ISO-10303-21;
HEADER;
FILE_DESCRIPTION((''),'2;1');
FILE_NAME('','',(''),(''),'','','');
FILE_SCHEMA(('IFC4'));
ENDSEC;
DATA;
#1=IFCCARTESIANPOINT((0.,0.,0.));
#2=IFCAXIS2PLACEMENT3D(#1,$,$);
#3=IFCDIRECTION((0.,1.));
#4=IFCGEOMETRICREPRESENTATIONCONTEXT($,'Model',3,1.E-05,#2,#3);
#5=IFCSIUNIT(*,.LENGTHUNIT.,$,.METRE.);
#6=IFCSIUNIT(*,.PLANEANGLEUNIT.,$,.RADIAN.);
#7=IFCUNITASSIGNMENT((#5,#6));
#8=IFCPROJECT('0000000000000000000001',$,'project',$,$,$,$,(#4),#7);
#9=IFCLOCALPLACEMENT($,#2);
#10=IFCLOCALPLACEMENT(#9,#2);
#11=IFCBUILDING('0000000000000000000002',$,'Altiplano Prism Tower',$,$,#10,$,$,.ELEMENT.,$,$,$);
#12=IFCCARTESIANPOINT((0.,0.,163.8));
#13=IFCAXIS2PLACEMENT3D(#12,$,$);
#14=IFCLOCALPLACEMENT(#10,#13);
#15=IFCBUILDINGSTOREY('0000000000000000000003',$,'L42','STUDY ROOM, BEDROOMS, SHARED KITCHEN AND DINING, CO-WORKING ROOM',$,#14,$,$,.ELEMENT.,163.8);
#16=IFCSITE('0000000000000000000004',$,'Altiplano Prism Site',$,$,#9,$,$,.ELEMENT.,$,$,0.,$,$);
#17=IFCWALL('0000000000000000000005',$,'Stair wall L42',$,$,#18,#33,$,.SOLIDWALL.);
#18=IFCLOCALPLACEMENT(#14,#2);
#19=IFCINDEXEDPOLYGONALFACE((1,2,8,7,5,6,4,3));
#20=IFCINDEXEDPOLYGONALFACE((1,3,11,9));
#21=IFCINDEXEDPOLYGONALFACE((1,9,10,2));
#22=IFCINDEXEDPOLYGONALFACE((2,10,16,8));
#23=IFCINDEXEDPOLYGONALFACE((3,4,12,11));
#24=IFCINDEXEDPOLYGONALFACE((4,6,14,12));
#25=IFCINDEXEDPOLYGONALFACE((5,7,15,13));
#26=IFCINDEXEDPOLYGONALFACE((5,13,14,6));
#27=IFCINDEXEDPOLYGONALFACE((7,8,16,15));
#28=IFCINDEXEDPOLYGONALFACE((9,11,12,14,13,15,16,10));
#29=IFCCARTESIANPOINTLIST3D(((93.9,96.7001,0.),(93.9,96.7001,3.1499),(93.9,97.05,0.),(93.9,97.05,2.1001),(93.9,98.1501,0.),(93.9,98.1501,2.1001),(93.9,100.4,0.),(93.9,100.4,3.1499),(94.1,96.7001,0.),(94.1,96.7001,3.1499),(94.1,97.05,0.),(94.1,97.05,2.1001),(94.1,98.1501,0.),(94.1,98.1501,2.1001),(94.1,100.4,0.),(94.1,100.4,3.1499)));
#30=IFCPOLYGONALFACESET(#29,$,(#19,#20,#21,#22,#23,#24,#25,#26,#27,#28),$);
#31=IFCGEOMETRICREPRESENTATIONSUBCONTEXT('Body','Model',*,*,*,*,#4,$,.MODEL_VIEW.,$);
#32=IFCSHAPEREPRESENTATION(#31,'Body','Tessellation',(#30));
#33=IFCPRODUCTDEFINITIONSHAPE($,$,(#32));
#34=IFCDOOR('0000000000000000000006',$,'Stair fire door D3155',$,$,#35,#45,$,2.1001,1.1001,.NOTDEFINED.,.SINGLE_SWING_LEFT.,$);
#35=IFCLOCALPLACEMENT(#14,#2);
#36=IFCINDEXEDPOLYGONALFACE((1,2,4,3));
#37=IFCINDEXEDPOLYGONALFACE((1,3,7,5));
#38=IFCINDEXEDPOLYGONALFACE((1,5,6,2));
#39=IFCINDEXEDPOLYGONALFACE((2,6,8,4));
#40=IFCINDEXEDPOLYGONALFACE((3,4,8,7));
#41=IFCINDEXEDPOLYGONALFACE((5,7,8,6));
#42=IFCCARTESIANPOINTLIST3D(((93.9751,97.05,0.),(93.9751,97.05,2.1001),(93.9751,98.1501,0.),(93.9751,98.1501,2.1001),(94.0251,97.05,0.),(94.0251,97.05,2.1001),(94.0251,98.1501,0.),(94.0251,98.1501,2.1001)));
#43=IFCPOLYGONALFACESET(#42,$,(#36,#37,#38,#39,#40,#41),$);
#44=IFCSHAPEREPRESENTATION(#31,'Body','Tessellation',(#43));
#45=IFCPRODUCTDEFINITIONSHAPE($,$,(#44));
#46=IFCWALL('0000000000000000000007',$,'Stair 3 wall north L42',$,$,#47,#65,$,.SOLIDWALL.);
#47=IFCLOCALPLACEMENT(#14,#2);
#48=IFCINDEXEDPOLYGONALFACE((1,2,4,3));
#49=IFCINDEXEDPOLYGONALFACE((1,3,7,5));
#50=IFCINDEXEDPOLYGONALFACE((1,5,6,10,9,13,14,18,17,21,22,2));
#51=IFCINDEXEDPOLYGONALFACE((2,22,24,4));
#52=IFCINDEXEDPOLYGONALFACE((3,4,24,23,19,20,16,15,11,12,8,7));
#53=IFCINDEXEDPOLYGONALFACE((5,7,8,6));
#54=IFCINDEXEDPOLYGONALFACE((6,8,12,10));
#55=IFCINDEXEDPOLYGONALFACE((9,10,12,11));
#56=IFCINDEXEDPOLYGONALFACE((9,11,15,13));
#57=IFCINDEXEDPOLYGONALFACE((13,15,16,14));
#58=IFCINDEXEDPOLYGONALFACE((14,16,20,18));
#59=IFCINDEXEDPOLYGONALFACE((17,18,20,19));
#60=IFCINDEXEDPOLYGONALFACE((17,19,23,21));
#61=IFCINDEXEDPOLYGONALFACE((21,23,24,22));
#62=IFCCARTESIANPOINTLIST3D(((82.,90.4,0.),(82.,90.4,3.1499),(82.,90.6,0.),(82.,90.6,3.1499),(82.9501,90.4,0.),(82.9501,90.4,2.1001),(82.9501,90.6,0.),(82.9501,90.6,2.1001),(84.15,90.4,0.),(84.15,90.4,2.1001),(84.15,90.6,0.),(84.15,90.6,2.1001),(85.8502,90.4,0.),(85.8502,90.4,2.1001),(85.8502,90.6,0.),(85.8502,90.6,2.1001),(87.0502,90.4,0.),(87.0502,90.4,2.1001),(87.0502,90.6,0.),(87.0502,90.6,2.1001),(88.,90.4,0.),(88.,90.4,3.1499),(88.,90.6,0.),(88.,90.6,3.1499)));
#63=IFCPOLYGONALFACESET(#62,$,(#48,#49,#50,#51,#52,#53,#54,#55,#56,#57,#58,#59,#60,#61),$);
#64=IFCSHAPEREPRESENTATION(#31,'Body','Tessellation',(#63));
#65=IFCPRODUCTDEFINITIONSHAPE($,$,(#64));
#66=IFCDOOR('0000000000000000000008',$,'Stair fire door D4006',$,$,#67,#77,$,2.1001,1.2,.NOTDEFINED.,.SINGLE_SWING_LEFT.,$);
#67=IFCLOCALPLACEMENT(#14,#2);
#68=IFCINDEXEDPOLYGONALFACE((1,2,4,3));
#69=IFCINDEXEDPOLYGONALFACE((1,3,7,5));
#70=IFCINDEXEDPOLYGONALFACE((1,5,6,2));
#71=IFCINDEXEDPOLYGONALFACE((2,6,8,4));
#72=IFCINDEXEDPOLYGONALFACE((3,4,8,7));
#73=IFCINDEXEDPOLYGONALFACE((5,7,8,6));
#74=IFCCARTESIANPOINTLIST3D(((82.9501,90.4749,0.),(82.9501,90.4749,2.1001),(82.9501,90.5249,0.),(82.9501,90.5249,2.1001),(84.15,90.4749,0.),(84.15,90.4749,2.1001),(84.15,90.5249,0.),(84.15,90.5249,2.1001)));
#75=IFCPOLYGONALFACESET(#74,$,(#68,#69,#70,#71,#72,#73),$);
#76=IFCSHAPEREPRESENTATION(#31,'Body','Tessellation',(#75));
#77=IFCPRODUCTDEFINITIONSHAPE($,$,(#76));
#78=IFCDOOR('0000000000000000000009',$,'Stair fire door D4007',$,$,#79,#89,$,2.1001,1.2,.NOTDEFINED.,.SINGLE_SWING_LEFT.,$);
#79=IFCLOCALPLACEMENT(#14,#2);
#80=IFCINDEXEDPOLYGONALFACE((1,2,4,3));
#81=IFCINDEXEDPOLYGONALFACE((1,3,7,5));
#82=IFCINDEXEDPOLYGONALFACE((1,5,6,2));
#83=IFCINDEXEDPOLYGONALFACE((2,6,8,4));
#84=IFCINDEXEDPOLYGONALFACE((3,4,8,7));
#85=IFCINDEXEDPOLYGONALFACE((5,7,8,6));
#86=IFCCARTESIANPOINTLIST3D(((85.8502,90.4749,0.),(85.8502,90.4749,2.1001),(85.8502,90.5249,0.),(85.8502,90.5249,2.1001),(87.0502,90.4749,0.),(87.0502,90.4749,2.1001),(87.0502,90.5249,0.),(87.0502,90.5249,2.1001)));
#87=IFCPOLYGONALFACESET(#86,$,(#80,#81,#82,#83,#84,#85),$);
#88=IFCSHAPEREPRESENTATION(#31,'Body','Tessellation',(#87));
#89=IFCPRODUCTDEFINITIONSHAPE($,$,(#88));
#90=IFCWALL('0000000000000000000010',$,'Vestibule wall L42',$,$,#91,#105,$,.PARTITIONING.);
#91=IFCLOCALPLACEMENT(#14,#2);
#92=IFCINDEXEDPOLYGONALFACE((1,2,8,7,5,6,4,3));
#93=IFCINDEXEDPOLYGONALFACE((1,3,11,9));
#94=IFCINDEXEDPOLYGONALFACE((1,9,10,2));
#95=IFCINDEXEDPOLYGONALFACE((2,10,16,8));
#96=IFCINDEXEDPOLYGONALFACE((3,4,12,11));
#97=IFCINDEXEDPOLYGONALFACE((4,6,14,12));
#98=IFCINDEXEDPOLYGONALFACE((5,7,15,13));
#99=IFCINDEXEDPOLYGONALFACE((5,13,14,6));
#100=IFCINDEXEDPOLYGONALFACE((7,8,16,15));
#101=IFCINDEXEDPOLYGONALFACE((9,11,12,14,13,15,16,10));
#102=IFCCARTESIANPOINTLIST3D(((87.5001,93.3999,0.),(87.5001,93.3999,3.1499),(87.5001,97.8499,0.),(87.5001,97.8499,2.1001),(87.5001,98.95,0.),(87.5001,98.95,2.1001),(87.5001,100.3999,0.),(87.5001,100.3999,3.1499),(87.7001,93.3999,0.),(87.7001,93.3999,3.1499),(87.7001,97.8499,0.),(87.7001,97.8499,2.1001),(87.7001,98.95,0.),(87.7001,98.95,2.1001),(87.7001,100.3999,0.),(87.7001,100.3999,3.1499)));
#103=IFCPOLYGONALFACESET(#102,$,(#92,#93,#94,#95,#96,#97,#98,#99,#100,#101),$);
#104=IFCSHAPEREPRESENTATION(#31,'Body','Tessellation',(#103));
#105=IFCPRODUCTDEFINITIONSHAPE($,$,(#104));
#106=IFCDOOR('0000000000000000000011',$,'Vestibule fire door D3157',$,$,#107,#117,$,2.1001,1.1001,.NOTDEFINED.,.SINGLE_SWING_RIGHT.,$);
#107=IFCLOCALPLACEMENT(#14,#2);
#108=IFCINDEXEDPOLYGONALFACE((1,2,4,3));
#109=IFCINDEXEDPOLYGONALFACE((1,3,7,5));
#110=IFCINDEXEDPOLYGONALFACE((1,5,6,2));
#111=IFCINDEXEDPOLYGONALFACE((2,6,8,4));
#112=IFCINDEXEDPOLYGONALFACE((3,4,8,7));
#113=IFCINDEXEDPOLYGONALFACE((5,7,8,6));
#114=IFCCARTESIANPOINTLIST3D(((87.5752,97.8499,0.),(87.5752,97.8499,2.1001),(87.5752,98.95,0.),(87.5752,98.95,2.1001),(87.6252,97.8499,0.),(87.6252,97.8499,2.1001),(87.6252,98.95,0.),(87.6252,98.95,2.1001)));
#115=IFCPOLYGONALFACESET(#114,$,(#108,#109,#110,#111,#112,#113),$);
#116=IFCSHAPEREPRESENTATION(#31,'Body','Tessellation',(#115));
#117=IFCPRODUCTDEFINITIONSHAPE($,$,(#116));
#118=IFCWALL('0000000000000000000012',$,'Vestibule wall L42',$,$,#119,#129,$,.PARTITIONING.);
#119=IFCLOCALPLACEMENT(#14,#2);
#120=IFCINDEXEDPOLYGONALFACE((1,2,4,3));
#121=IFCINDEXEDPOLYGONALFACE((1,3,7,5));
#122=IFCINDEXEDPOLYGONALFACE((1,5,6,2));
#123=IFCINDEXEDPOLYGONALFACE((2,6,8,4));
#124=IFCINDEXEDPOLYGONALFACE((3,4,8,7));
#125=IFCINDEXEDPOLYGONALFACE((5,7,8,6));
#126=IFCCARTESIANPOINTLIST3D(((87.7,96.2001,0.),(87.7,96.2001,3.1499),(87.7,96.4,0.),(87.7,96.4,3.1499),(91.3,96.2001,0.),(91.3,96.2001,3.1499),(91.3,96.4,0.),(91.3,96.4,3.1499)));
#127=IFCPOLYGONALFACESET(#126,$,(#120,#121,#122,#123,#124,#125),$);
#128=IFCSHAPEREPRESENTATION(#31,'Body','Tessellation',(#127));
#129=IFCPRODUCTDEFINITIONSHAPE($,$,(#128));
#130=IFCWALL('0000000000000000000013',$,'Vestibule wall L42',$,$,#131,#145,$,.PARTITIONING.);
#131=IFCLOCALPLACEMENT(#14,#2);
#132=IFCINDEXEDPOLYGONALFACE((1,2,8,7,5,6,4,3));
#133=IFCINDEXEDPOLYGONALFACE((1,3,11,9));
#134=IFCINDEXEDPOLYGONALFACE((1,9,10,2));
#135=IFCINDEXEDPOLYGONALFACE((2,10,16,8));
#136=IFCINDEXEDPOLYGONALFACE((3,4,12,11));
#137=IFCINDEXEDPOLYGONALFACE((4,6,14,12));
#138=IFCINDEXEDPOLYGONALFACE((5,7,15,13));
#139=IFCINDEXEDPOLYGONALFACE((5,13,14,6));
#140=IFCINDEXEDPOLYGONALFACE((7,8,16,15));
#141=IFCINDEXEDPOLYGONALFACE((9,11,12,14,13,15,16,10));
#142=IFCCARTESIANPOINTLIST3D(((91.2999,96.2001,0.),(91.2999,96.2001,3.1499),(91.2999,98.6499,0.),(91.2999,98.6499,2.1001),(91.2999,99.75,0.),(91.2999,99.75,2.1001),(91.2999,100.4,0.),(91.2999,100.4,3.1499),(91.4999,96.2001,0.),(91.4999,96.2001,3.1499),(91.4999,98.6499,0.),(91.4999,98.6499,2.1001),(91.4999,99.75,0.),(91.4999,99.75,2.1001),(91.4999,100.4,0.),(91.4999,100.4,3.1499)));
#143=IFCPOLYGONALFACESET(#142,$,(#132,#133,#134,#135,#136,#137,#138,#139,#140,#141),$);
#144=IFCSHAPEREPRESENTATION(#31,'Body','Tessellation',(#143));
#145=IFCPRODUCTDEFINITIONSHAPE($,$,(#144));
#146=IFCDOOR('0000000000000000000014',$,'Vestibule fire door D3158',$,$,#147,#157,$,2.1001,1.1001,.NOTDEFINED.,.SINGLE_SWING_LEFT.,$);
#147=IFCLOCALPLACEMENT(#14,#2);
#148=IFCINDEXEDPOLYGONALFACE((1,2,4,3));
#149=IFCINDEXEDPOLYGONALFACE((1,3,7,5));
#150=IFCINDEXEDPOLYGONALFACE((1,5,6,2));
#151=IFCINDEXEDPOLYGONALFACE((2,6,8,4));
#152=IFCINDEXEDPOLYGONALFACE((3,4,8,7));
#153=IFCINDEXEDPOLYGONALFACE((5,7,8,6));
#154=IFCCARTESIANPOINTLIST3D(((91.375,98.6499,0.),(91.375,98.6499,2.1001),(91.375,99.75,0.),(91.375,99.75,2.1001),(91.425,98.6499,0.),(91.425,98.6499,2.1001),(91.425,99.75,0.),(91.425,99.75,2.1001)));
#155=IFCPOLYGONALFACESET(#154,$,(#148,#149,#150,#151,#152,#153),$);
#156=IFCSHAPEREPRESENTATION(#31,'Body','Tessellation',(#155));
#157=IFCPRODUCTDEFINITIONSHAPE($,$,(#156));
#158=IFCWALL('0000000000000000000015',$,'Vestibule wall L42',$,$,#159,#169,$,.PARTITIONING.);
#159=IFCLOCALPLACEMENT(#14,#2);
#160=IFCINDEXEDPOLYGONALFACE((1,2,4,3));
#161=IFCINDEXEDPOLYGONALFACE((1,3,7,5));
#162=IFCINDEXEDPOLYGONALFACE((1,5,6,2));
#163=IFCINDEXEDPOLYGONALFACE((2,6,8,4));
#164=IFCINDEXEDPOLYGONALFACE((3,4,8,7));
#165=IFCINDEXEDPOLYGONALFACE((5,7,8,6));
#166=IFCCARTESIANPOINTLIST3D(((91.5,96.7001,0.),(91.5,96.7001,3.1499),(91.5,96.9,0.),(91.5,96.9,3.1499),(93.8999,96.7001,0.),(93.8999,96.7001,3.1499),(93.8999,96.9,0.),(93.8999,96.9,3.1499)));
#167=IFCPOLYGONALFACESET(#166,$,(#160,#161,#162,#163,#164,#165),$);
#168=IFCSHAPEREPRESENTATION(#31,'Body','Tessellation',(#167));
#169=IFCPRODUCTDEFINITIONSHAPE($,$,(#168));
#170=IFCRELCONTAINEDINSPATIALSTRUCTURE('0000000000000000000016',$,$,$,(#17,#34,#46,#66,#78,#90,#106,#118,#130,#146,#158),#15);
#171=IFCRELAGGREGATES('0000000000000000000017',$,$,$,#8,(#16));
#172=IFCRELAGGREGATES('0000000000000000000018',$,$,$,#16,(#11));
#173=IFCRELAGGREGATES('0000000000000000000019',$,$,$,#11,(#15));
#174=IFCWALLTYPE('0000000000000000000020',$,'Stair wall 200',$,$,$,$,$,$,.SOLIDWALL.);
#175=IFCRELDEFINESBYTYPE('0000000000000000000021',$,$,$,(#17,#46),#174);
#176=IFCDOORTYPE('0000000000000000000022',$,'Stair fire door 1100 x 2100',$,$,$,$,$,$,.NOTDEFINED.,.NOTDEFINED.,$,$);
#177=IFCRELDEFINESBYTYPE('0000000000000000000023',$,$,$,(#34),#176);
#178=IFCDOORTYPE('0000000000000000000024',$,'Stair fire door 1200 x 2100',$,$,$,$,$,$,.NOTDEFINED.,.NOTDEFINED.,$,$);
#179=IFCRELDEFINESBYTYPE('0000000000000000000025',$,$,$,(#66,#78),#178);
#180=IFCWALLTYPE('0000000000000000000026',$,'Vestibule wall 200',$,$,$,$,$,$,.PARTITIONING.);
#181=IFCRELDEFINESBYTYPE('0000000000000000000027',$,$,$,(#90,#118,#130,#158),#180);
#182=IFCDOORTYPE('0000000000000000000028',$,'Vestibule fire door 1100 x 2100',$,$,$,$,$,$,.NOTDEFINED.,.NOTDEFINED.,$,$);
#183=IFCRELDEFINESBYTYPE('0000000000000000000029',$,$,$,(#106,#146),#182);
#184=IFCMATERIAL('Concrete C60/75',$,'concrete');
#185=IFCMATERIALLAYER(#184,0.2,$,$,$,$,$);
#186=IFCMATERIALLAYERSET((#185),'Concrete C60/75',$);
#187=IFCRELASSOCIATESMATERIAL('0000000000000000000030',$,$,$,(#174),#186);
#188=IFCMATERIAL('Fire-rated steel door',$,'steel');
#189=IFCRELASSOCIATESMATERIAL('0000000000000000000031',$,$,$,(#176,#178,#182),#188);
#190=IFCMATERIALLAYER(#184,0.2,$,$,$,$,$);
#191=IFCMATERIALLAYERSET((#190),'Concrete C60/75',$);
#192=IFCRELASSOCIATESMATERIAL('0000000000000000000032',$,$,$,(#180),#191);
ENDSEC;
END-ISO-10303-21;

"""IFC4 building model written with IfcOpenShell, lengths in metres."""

from ifc_helpers import new_model, si_unit, direction, frame, frame_2d, origin, place, context, subcontext, project, spatial, rectangle, extrude, material, layer, layer_set, type_object, element, fill, save


model = new_model("IFC4")

# Units and contexts
model_context = context("Model", 3, precision=1e-05, world=origin(), true_north=direction((0.0, 1.0)))
body_context = subcontext(model_context, "Body", "Model", "MODEL_VIEW")
ifc_project = project(units=[si_unit("LENGTHUNIT", "METRE"), si_unit("PLANEANGLEUNIT", "RADIAN")], contexts=[model_context])

# Site, building, storey
site_placement = place(None, origin())
site = spatial("IfcSite", under=ifc_project, at=site_placement, Name="Altiplano Prism Site", CompositionType="ELEMENT", RefElevation=0.0)
building_placement = place(site_placement, origin())
building = spatial("IfcBuilding", under=site, at=building_placement, Name="Altiplano Prism Tower", CompositionType="ELEMENT")
storey_placement = place(building_placement, frame((0.0, 0.0, 163.8)))
storey = spatial("IfcBuildingStorey", under=building, at=storey_placement, Name="L42", Description="STUDY ROOM, BEDROOMS, SHARED KITCHEN AND DINING, CO-WORKING ROOM", CompositionType="ELEMENT", Elevation=163.8)

# Shared definitions
ifc_material_1 = material(Name="Concrete C60/75", Category="concrete")

# Wall, opening, door
ifc_layer_1 = layer(ifc_material_1, 0.2)
ifc_layer_set_1 = layer_set([ifc_layer_1], Name="Concrete C60/75")
wall_type_1 = type_object("IfcWallType", Name="Stair wall 200", PredefinedType="SOLIDWALL", material=ifc_layer_set_1)
wall_1_placement = place(storey_placement, frame((94.0, 96.7, 0.0), z_axis=(0.0, 0.0, 1.0), x_axis=(0.0, 1.0, 0.0)))
wall_1 = element("IfcWall", 1, at=wall_1_placement, inside=storey, type_object=wall_type_1, Name="Stair wall L42", PredefinedType="SOLIDWALL", context=body_context, shape_type="SweptSolid", body=[
    extrude(rectangle(XDim=3.7, YDim=0.2, at=frame_2d((1.8501, 0.0))), origin(), (0.0, 0.0, 1.0), 3.1499),
])
opening_1_placement = place(wall_1_placement, frame((0.3501, 0.0, 0.0)))
opening_1 = element("IfcOpeningElement", 2, at=opening_1_placement, cuts=wall_1, PredefinedType="OPENING", context=body_context, shape_type="SweptSolid", body=[
    extrude(rectangle(XDim=1.1001, YDim=2.1001, at=frame_2d((0.55, 1.05))), frame((0.0, 0.1104, 0.0), z_axis=(0.0, -1.0, 0.0), x_axis=(1.0, 0.0, 0.0)), (0.0, 0.0, 1.0), 0.2209),
])
ifc_material_2 = material(Name="Fire-rated steel door", Category="steel")
door_type_1 = type_object("IfcDoorType", Name="Stair fire door 1100 x 2100", OperationType="NOTDEFINED", PredefinedType="NOTDEFINED", material=ifc_material_2)
door_1_placement = place(opening_1_placement, origin())
door_1 = element("IfcDoor", 3, at=door_1_placement, inside=storey, type_object=door_type_1, Name="Stair fire door D3155", OperationType="SINGLE_SWING_LEFT", OverallHeight=2.1001, OverallWidth=1.1001, PredefinedType="NOTDEFINED", context=body_context, shape_type="SweptSolid", body=[
    extrude(rectangle(XDim=1.1001, YDim=2.1001, at=frame_2d((0.55, 1.05))), frame((0.0, 0.0249, 0.0), z_axis=(0.0, -1.0, 0.0), x_axis=(1.0, 0.0, 0.0)), (0.0, 0.0, 1.0), 0.05),
])
fill(opening_1, door_1)

# Wall, openings, doors
wall_2_placement = place(storey_placement, frame((82.0, 90.5, 0.0), z_axis=(0.0, 0.0, 1.0), x_axis=(1.0, 0.0, 0.0)))
wall_2 = element("IfcWall", 4, at=wall_2_placement, inside=storey, type_object=wall_type_1, Name="Stair 3 wall north L42", PredefinedType="SOLIDWALL", context=body_context, shape_type="SweptSolid", body=[
    extrude(rectangle(XDim=6.0, YDim=0.2, at=frame_2d((3.0, 0.0))), origin(), (0.0, 0.0, 1.0), 3.1499),
])
opening_2_placement = place(wall_2_placement, frame((0.95, 0.0, 0.0)))
opening_2 = element("IfcOpeningElement", 5, at=opening_2_placement, cuts=wall_2, PredefinedType="OPENING", context=body_context, shape_type="SweptSolid", body=[
    extrude(rectangle(XDim=1.2, YDim=2.1001, at=frame_2d((0.6001, 1.05))), frame((0.0, 0.1104, 0.0), z_axis=(0.0, -1.0, 0.0), x_axis=(1.0, 0.0, 0.0)), (0.0, 0.0, 1.0), 0.2209),
])
opening_3_placement = place(wall_2_placement, frame((3.8501, 0.0, 0.0)))
opening_3 = element("IfcOpeningElement", 6, at=opening_3_placement, cuts=wall_2, PredefinedType="OPENING", context=body_context, shape_type="SweptSolid", body=[
    extrude(rectangle(XDim=1.2, YDim=2.1001, at=frame_2d((0.6001, 1.05))), frame((0.0, 0.1104, 0.0), z_axis=(0.0, -1.0, 0.0), x_axis=(1.0, 0.0, 0.0)), (0.0, 0.0, 1.0), 0.2209),
])
door_type_2 = type_object("IfcDoorType", Name="Stair fire door 1200 x 2100", OperationType="NOTDEFINED", PredefinedType="NOTDEFINED", material=ifc_material_2)
door_2_placement = place(opening_2_placement, origin())
door_2 = element("IfcDoor", 7, at=door_2_placement, inside=storey, type_object=door_type_2, Name="Stair fire door D4006", OperationType="SINGLE_SWING_LEFT", OverallHeight=2.1001, OverallWidth=1.2, PredefinedType="NOTDEFINED", context=body_context, shape_type="SweptSolid", body=[
    extrude(rectangle(XDim=1.2, YDim=2.1001, at=frame_2d((0.6001, 1.05))), frame((0.0, 0.0249, 0.0), z_axis=(0.0, -1.0, 0.0), x_axis=(1.0, 0.0, 0.0)), (0.0, 0.0, 1.0), 0.05),
])
fill(opening_2, door_2)
door_3_placement = place(opening_3_placement, origin())
door_3 = element("IfcDoor", 8, at=door_3_placement, inside=storey, type_object=door_type_2, Name="Stair fire door D4007", OperationType="SINGLE_SWING_LEFT", OverallHeight=2.1001, OverallWidth=1.2, PredefinedType="NOTDEFINED", context=body_context, shape_type="SweptSolid", body=[
    extrude(rectangle(XDim=1.2, YDim=2.1001, at=frame_2d((0.6001, 1.05))), frame((0.0, 0.0249, 0.0), z_axis=(0.0, -1.0, 0.0), x_axis=(1.0, 0.0, 0.0)), (0.0, 0.0, 1.0), 0.05),
])
fill(opening_3, door_3)

# Wall, opening, door
ifc_layer_2 = layer(ifc_material_1, 0.2)
ifc_layer_set_2 = layer_set([ifc_layer_2], Name="Concrete C60/75")
wall_type_2 = type_object("IfcWallType", Name="Vestibule wall 200", PredefinedType="PARTITIONING", material=ifc_layer_set_2)
wall_3_placement = place(storey_placement, frame((87.6001, 93.3999, 0.0), z_axis=(0.0, 0.0, 1.0), x_axis=(0.0, 1.0, 0.0)))
wall_3 = element("IfcWall", 9, at=wall_3_placement, inside=storey, type_object=wall_type_2, Name="Vestibule wall L42", PredefinedType="PARTITIONING", context=body_context, shape_type="SweptSolid", body=[
    extrude(rectangle(XDim=7.0, YDim=0.2, at=frame_2d((3.5, 0.0))), origin(), (0.0, 0.0, 1.0), 3.1499),
])
opening_4_placement = place(wall_3_placement, frame((4.45, 0.0, 0.0)))
opening_4 = element("IfcOpeningElement", 10, at=opening_4_placement, cuts=wall_3, PredefinedType="OPENING", context=body_context, shape_type="SweptSolid", body=[
    extrude(rectangle(XDim=1.1001, YDim=2.1001, at=frame_2d((0.55, 1.05))), frame((0.0, 0.1104, 0.0), z_axis=(0.0, -1.0, 0.0), x_axis=(1.0, 0.0, 0.0)), (0.0, 0.0, 1.0), 0.2209),
])
door_type_3 = type_object("IfcDoorType", Name="Vestibule fire door 1100 x 2100", OperationType="NOTDEFINED", PredefinedType="NOTDEFINED", material=ifc_material_2)
door_4_placement = place(opening_4_placement, origin())
door_4 = element("IfcDoor", 11, at=door_4_placement, inside=storey, type_object=door_type_3, Name="Vestibule fire door D3157", OperationType="SINGLE_SWING_RIGHT", OverallHeight=2.1001, OverallWidth=1.1001, PredefinedType="NOTDEFINED", context=body_context, shape_type="SweptSolid", body=[
    extrude(rectangle(XDim=1.1001, YDim=2.1001, at=frame_2d((0.55, 1.05))), frame((0.0, 0.0249, 0.0), z_axis=(0.0, -1.0, 0.0), x_axis=(1.0, 0.0, 0.0)), (0.0, 0.0, 1.0), 0.05),
])
fill(opening_4, door_4)

# Wall
wall_4_placement = place(storey_placement, frame((87.7, 96.3, 0.0), z_axis=(0.0, 0.0, 1.0), x_axis=(1.0, 0.0, 0.0)))
element("IfcWall", 12, at=wall_4_placement, inside=storey, type_object=wall_type_2, Name="Vestibule wall L42", PredefinedType="PARTITIONING", context=body_context, shape_type="SweptSolid", body=[
    extrude(rectangle(XDim=3.6001, YDim=0.2, at=frame_2d((1.8, 0.0))), origin(), (0.0, 0.0, 1.0), 3.1499),
])

# Wall, opening, door
wall_5_placement = place(storey_placement, frame((91.3999, 96.2, 0.0), z_axis=(0.0, 0.0, 1.0), x_axis=(0.0, 1.0, 0.0)))
wall_5 = element("IfcWall", 13, at=wall_5_placement, inside=storey, type_object=wall_type_2, Name="Vestibule wall L42", PredefinedType="PARTITIONING", context=body_context, shape_type="SweptSolid", body=[
    extrude(rectangle(XDim=4.2, YDim=0.2, at=frame_2d((2.1001, 0.0))), origin(), (0.0, 0.0, 1.0), 3.1499),
])
opening_5_placement = place(wall_5_placement, frame((2.45, 0.0, 0.0)))
opening_5 = element("IfcOpeningElement", 14, at=opening_5_placement, cuts=wall_5, PredefinedType="OPENING", context=body_context, shape_type="SweptSolid", body=[
    extrude(rectangle(XDim=1.1001, YDim=2.1001, at=frame_2d((0.55, 1.05))), frame((0.0, 0.1104, 0.0), z_axis=(0.0, -1.0, 0.0), x_axis=(1.0, 0.0, 0.0)), (0.0, 0.0, 1.0), 0.2209),
])
door_5_placement = place(opening_5_placement, origin())
door_5 = element("IfcDoor", 15, at=door_5_placement, inside=storey, type_object=door_type_3, Name="Vestibule fire door D3158", OperationType="SINGLE_SWING_LEFT", OverallHeight=2.1001, OverallWidth=1.1001, PredefinedType="NOTDEFINED", context=body_context, shape_type="SweptSolid", body=[
    extrude(rectangle(XDim=1.1001, YDim=2.1001, at=frame_2d((0.55, 1.05))), frame((0.0, 0.0249, 0.0), z_axis=(0.0, -1.0, 0.0), x_axis=(1.0, 0.0, 0.0)), (0.0, 0.0, 1.0), 0.05),
])
fill(opening_5, door_5)

# Wall
wall_6_placement = place(storey_placement, frame((91.5, 96.8, 0.0), z_axis=(0.0, 0.0, 1.0), x_axis=(1.0, 0.0, 0.0)))
element("IfcWall", 16, at=wall_6_placement, inside=storey, type_object=wall_type_2, Name="Vestibule wall L42", PredefinedType="PARTITIONING", context=body_context, shape_type="SweptSolid", body=[
    extrude(rectangle(XDim=2.3999, YDim=0.2, at=frame_2d((1.2, 0.0))), origin(), (0.0, 0.0, 1.0), 3.1499),
])

save(model, "model.ifc")
